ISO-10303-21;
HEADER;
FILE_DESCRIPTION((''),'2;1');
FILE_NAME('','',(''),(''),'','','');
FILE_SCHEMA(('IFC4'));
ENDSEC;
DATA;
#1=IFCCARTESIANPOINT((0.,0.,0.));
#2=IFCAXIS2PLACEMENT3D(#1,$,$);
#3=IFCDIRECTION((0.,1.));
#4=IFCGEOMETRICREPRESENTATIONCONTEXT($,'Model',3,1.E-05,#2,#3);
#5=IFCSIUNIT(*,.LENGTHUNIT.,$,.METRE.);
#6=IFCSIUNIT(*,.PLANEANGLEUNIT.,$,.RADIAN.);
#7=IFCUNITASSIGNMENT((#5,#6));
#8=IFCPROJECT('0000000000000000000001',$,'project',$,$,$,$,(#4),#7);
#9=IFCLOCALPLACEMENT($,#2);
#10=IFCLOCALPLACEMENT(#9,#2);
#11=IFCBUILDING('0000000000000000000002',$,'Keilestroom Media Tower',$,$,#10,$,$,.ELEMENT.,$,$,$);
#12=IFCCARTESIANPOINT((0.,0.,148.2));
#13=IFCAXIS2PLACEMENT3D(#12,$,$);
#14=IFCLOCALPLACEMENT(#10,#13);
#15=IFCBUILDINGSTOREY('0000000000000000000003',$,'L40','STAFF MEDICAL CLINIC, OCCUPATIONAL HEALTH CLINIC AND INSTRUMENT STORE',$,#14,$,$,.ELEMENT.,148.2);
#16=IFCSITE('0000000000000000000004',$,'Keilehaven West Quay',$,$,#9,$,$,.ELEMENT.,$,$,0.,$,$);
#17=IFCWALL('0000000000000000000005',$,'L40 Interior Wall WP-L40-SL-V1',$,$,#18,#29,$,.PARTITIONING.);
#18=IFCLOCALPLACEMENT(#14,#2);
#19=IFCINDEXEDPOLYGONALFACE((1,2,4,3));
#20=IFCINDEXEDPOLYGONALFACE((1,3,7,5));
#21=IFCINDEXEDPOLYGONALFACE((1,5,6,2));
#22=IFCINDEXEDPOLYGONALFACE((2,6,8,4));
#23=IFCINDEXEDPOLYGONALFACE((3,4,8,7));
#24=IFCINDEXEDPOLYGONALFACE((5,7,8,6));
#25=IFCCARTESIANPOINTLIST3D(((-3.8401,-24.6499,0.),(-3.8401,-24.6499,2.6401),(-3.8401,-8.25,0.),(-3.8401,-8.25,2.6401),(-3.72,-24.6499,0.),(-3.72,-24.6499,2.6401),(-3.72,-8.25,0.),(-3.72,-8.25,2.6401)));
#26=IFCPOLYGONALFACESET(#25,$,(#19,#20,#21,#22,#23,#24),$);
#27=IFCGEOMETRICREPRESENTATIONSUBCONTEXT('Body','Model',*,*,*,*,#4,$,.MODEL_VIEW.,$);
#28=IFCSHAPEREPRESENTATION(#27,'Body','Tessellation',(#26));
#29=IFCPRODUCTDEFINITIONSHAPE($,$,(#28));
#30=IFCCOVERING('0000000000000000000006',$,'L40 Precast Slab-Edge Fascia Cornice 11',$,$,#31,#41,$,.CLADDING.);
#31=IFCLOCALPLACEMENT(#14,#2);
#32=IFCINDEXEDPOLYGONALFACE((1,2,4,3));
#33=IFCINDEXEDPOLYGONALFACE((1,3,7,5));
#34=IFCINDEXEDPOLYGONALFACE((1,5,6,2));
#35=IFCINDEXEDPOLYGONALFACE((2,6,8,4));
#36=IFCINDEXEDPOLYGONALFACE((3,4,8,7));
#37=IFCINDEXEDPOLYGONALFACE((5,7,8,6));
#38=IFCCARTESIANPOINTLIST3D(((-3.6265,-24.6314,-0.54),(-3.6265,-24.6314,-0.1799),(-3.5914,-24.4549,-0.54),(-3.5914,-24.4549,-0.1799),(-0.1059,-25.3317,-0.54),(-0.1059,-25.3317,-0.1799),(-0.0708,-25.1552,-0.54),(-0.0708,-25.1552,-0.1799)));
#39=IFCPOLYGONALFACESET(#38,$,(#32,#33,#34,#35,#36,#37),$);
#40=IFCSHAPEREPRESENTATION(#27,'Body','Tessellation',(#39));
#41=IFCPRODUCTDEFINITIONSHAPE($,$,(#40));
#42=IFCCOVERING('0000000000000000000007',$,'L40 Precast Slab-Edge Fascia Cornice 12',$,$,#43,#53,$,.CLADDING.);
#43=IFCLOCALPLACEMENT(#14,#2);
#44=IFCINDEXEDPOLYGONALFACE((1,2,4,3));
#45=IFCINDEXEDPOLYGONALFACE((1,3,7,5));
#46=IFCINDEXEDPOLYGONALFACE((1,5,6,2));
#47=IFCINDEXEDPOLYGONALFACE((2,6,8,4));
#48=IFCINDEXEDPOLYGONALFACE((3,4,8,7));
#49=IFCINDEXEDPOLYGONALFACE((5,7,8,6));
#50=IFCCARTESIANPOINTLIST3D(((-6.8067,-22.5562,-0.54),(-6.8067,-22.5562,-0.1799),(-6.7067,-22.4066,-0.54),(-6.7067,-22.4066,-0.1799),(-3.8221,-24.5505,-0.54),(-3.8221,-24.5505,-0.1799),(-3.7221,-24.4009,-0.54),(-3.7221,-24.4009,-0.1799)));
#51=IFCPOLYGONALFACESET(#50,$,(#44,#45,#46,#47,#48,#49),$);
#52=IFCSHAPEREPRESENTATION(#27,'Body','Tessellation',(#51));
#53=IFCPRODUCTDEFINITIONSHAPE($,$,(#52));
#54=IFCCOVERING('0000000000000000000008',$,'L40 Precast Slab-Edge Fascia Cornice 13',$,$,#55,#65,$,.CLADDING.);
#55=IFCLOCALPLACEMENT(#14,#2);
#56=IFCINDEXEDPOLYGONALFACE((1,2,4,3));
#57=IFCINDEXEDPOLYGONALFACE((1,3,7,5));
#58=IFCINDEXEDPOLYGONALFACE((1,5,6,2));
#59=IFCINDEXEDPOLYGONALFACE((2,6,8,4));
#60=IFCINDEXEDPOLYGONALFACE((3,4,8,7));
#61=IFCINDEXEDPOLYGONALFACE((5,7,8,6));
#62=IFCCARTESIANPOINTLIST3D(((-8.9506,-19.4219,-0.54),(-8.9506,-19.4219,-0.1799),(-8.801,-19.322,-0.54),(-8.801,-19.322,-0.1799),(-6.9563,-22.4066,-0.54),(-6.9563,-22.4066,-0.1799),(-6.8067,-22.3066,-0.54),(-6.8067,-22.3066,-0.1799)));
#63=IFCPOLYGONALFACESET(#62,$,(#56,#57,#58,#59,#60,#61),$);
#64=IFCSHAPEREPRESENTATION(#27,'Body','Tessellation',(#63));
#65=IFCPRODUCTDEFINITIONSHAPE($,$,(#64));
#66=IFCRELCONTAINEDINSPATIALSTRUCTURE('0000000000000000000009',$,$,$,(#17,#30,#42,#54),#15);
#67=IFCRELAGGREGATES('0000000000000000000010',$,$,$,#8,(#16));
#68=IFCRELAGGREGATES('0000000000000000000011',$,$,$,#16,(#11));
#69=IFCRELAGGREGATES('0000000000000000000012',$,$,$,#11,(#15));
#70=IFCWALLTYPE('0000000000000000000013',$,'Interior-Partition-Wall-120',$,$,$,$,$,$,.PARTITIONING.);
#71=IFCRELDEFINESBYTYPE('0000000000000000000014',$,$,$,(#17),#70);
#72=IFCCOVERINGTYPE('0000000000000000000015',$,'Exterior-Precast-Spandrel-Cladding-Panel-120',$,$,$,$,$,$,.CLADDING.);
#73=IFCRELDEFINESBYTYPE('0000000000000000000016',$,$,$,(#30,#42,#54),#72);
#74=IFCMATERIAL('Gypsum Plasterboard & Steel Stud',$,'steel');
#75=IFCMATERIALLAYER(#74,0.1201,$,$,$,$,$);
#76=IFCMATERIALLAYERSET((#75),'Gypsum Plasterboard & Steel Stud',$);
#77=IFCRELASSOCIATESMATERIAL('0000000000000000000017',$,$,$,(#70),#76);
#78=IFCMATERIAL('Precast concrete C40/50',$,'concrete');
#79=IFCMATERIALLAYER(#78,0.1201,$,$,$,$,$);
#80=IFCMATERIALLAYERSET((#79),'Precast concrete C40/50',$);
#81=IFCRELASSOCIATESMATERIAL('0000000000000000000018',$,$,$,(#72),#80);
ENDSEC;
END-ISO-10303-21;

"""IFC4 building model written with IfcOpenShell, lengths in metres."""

from ifc_helpers import new_model, si_unit, direction, frame, frame_2d, origin, origin_2d, place, context, subcontext, project, spatial, rectangle, extrude, source, transform, mapped, material, layer, layer_set, type_object, element, save


model = new_model("IFC4")

# Units and contexts
model_context = context("Model", 3, precision=1e-05, world=origin(), true_north=direction((0.0, 1.0)))
body_context = subcontext(model_context, "Body", "Model", "MODEL_VIEW")
ifc_project = project(units=[si_unit("LENGTHUNIT", "METRE"), si_unit("PLANEANGLEUNIT", "RADIAN")], contexts=[model_context])

# Site, building, storey
site_placement = place(None, origin())
site = spatial("IfcSite", under=ifc_project, at=site_placement, Name="Keilehaven West Quay", CompositionType="ELEMENT", RefElevation=0.0)
building_placement = place(site_placement, origin())
building = spatial("IfcBuilding", under=site, at=building_placement, Name="Keilestroom Media Tower", CompositionType="ELEMENT")
storey_placement = place(building_placement, frame((0.0, 0.0, 148.2)))
storey = spatial("IfcBuildingStorey", under=building, at=storey_placement, Name="L40", Description="STAFF MEDICAL CLINIC, OCCUPATIONAL HEALTH CLINIC AND INSTRUMENT STORE", CompositionType="ELEMENT", Elevation=148.2)

# Wall
ifc_material_1 = material(Name="Precast concrete C40/50", Category="concrete")
ifc_material_2 = material(Name="Gypsum Plasterboard & Steel Stud", Category="steel")
ifc_layer_1 = layer(ifc_material_2, 0.1201)
ifc_layer_set_1 = layer_set([ifc_layer_1], Name="Gypsum Plasterboard & Steel Stud")
wall_type_1 = type_object("IfcWallType", Name="Interior-Partition-Wall-120", PredefinedType="PARTITIONING", material=ifc_layer_set_1)
wall_1_placement = place(storey_placement, frame((-3.78, -24.6499, 0.0), z_axis=(0.0, 0.0, 1.0), x_axis=(0.0, 1.0, 0.0)))
element("IfcWall", 1, at=wall_1_placement, inside=storey, type_object=wall_type_1, Name="L40 Interior Wall WP-L40-SL-V1", PredefinedType="PARTITIONING", context=body_context, shape_type="SweptSolid", body=[
    extrude(rectangle(XDim=16.3999, YDim=0.1201, at=frame_2d((8.2, 0.0))), origin(), (0.0, 0.0, 1.0), 2.6401),
])

# Coverings
ifc_layer_2 = layer(ifc_material_1, 0.1201)
ifc_layer_set_2 = layer_set([ifc_layer_2], Name="Precast concrete C40/50")
covering_type = type_object("IfcCoveringType", Name="Exterior-Precast-Spandrel-Cladding-Panel-120", PredefinedType="CLADDING", material=ifc_layer_set_2)
shared_shape_1 = source(origin(), body_context, "Body", "SweptSolid", [
    extrude(rectangle(XDim=3.5896, YDim=0.1799, at=origin_2d()), origin(), (0.0, 0.0, 1.0), 0.3601),
])
for number, where, z_axis, x_axis, name in (
    (2, (-1.8486, -24.8933, -0.54), (0.0, 0.0, 1.0), (-0.980784, 0.195099, 0.0), "L40 Precast Slab-Edge Fascia Cornice 11"),
    (3, (-5.2644, -23.4785, -0.54), (0.0, 0.0, 1.0), (-0.831467, 0.555575, 0.0), "L40 Precast Slab-Edge Fascia Cornice 12"),
    (4, (-7.8787, -20.8643, -0.54), (0.0, 0.0, 1.0), (-0.555575, 0.831467, 0.0), "L40 Precast Slab-Edge Fascia Cornice 13"),
):
    element("IfcCovering", number, at=place(storey_placement, frame(where, z_axis=z_axis, x_axis=x_axis)), inside=storey, type_object=covering_type, Name=name, PredefinedType="CLADDING", context=body_context, shape_type="MappedRepresentation", body=[
        mapped(shared_shape_1, transform((0.0, 0.0, 0.0), x_axis=(1.0, 0.0, 0.0), y_axis=(0.0, 1.0, 0.0), z_axis=(0.0, 0.0, 1.0), scale=1.0)),
    ])

save(model, "model.ifc")
